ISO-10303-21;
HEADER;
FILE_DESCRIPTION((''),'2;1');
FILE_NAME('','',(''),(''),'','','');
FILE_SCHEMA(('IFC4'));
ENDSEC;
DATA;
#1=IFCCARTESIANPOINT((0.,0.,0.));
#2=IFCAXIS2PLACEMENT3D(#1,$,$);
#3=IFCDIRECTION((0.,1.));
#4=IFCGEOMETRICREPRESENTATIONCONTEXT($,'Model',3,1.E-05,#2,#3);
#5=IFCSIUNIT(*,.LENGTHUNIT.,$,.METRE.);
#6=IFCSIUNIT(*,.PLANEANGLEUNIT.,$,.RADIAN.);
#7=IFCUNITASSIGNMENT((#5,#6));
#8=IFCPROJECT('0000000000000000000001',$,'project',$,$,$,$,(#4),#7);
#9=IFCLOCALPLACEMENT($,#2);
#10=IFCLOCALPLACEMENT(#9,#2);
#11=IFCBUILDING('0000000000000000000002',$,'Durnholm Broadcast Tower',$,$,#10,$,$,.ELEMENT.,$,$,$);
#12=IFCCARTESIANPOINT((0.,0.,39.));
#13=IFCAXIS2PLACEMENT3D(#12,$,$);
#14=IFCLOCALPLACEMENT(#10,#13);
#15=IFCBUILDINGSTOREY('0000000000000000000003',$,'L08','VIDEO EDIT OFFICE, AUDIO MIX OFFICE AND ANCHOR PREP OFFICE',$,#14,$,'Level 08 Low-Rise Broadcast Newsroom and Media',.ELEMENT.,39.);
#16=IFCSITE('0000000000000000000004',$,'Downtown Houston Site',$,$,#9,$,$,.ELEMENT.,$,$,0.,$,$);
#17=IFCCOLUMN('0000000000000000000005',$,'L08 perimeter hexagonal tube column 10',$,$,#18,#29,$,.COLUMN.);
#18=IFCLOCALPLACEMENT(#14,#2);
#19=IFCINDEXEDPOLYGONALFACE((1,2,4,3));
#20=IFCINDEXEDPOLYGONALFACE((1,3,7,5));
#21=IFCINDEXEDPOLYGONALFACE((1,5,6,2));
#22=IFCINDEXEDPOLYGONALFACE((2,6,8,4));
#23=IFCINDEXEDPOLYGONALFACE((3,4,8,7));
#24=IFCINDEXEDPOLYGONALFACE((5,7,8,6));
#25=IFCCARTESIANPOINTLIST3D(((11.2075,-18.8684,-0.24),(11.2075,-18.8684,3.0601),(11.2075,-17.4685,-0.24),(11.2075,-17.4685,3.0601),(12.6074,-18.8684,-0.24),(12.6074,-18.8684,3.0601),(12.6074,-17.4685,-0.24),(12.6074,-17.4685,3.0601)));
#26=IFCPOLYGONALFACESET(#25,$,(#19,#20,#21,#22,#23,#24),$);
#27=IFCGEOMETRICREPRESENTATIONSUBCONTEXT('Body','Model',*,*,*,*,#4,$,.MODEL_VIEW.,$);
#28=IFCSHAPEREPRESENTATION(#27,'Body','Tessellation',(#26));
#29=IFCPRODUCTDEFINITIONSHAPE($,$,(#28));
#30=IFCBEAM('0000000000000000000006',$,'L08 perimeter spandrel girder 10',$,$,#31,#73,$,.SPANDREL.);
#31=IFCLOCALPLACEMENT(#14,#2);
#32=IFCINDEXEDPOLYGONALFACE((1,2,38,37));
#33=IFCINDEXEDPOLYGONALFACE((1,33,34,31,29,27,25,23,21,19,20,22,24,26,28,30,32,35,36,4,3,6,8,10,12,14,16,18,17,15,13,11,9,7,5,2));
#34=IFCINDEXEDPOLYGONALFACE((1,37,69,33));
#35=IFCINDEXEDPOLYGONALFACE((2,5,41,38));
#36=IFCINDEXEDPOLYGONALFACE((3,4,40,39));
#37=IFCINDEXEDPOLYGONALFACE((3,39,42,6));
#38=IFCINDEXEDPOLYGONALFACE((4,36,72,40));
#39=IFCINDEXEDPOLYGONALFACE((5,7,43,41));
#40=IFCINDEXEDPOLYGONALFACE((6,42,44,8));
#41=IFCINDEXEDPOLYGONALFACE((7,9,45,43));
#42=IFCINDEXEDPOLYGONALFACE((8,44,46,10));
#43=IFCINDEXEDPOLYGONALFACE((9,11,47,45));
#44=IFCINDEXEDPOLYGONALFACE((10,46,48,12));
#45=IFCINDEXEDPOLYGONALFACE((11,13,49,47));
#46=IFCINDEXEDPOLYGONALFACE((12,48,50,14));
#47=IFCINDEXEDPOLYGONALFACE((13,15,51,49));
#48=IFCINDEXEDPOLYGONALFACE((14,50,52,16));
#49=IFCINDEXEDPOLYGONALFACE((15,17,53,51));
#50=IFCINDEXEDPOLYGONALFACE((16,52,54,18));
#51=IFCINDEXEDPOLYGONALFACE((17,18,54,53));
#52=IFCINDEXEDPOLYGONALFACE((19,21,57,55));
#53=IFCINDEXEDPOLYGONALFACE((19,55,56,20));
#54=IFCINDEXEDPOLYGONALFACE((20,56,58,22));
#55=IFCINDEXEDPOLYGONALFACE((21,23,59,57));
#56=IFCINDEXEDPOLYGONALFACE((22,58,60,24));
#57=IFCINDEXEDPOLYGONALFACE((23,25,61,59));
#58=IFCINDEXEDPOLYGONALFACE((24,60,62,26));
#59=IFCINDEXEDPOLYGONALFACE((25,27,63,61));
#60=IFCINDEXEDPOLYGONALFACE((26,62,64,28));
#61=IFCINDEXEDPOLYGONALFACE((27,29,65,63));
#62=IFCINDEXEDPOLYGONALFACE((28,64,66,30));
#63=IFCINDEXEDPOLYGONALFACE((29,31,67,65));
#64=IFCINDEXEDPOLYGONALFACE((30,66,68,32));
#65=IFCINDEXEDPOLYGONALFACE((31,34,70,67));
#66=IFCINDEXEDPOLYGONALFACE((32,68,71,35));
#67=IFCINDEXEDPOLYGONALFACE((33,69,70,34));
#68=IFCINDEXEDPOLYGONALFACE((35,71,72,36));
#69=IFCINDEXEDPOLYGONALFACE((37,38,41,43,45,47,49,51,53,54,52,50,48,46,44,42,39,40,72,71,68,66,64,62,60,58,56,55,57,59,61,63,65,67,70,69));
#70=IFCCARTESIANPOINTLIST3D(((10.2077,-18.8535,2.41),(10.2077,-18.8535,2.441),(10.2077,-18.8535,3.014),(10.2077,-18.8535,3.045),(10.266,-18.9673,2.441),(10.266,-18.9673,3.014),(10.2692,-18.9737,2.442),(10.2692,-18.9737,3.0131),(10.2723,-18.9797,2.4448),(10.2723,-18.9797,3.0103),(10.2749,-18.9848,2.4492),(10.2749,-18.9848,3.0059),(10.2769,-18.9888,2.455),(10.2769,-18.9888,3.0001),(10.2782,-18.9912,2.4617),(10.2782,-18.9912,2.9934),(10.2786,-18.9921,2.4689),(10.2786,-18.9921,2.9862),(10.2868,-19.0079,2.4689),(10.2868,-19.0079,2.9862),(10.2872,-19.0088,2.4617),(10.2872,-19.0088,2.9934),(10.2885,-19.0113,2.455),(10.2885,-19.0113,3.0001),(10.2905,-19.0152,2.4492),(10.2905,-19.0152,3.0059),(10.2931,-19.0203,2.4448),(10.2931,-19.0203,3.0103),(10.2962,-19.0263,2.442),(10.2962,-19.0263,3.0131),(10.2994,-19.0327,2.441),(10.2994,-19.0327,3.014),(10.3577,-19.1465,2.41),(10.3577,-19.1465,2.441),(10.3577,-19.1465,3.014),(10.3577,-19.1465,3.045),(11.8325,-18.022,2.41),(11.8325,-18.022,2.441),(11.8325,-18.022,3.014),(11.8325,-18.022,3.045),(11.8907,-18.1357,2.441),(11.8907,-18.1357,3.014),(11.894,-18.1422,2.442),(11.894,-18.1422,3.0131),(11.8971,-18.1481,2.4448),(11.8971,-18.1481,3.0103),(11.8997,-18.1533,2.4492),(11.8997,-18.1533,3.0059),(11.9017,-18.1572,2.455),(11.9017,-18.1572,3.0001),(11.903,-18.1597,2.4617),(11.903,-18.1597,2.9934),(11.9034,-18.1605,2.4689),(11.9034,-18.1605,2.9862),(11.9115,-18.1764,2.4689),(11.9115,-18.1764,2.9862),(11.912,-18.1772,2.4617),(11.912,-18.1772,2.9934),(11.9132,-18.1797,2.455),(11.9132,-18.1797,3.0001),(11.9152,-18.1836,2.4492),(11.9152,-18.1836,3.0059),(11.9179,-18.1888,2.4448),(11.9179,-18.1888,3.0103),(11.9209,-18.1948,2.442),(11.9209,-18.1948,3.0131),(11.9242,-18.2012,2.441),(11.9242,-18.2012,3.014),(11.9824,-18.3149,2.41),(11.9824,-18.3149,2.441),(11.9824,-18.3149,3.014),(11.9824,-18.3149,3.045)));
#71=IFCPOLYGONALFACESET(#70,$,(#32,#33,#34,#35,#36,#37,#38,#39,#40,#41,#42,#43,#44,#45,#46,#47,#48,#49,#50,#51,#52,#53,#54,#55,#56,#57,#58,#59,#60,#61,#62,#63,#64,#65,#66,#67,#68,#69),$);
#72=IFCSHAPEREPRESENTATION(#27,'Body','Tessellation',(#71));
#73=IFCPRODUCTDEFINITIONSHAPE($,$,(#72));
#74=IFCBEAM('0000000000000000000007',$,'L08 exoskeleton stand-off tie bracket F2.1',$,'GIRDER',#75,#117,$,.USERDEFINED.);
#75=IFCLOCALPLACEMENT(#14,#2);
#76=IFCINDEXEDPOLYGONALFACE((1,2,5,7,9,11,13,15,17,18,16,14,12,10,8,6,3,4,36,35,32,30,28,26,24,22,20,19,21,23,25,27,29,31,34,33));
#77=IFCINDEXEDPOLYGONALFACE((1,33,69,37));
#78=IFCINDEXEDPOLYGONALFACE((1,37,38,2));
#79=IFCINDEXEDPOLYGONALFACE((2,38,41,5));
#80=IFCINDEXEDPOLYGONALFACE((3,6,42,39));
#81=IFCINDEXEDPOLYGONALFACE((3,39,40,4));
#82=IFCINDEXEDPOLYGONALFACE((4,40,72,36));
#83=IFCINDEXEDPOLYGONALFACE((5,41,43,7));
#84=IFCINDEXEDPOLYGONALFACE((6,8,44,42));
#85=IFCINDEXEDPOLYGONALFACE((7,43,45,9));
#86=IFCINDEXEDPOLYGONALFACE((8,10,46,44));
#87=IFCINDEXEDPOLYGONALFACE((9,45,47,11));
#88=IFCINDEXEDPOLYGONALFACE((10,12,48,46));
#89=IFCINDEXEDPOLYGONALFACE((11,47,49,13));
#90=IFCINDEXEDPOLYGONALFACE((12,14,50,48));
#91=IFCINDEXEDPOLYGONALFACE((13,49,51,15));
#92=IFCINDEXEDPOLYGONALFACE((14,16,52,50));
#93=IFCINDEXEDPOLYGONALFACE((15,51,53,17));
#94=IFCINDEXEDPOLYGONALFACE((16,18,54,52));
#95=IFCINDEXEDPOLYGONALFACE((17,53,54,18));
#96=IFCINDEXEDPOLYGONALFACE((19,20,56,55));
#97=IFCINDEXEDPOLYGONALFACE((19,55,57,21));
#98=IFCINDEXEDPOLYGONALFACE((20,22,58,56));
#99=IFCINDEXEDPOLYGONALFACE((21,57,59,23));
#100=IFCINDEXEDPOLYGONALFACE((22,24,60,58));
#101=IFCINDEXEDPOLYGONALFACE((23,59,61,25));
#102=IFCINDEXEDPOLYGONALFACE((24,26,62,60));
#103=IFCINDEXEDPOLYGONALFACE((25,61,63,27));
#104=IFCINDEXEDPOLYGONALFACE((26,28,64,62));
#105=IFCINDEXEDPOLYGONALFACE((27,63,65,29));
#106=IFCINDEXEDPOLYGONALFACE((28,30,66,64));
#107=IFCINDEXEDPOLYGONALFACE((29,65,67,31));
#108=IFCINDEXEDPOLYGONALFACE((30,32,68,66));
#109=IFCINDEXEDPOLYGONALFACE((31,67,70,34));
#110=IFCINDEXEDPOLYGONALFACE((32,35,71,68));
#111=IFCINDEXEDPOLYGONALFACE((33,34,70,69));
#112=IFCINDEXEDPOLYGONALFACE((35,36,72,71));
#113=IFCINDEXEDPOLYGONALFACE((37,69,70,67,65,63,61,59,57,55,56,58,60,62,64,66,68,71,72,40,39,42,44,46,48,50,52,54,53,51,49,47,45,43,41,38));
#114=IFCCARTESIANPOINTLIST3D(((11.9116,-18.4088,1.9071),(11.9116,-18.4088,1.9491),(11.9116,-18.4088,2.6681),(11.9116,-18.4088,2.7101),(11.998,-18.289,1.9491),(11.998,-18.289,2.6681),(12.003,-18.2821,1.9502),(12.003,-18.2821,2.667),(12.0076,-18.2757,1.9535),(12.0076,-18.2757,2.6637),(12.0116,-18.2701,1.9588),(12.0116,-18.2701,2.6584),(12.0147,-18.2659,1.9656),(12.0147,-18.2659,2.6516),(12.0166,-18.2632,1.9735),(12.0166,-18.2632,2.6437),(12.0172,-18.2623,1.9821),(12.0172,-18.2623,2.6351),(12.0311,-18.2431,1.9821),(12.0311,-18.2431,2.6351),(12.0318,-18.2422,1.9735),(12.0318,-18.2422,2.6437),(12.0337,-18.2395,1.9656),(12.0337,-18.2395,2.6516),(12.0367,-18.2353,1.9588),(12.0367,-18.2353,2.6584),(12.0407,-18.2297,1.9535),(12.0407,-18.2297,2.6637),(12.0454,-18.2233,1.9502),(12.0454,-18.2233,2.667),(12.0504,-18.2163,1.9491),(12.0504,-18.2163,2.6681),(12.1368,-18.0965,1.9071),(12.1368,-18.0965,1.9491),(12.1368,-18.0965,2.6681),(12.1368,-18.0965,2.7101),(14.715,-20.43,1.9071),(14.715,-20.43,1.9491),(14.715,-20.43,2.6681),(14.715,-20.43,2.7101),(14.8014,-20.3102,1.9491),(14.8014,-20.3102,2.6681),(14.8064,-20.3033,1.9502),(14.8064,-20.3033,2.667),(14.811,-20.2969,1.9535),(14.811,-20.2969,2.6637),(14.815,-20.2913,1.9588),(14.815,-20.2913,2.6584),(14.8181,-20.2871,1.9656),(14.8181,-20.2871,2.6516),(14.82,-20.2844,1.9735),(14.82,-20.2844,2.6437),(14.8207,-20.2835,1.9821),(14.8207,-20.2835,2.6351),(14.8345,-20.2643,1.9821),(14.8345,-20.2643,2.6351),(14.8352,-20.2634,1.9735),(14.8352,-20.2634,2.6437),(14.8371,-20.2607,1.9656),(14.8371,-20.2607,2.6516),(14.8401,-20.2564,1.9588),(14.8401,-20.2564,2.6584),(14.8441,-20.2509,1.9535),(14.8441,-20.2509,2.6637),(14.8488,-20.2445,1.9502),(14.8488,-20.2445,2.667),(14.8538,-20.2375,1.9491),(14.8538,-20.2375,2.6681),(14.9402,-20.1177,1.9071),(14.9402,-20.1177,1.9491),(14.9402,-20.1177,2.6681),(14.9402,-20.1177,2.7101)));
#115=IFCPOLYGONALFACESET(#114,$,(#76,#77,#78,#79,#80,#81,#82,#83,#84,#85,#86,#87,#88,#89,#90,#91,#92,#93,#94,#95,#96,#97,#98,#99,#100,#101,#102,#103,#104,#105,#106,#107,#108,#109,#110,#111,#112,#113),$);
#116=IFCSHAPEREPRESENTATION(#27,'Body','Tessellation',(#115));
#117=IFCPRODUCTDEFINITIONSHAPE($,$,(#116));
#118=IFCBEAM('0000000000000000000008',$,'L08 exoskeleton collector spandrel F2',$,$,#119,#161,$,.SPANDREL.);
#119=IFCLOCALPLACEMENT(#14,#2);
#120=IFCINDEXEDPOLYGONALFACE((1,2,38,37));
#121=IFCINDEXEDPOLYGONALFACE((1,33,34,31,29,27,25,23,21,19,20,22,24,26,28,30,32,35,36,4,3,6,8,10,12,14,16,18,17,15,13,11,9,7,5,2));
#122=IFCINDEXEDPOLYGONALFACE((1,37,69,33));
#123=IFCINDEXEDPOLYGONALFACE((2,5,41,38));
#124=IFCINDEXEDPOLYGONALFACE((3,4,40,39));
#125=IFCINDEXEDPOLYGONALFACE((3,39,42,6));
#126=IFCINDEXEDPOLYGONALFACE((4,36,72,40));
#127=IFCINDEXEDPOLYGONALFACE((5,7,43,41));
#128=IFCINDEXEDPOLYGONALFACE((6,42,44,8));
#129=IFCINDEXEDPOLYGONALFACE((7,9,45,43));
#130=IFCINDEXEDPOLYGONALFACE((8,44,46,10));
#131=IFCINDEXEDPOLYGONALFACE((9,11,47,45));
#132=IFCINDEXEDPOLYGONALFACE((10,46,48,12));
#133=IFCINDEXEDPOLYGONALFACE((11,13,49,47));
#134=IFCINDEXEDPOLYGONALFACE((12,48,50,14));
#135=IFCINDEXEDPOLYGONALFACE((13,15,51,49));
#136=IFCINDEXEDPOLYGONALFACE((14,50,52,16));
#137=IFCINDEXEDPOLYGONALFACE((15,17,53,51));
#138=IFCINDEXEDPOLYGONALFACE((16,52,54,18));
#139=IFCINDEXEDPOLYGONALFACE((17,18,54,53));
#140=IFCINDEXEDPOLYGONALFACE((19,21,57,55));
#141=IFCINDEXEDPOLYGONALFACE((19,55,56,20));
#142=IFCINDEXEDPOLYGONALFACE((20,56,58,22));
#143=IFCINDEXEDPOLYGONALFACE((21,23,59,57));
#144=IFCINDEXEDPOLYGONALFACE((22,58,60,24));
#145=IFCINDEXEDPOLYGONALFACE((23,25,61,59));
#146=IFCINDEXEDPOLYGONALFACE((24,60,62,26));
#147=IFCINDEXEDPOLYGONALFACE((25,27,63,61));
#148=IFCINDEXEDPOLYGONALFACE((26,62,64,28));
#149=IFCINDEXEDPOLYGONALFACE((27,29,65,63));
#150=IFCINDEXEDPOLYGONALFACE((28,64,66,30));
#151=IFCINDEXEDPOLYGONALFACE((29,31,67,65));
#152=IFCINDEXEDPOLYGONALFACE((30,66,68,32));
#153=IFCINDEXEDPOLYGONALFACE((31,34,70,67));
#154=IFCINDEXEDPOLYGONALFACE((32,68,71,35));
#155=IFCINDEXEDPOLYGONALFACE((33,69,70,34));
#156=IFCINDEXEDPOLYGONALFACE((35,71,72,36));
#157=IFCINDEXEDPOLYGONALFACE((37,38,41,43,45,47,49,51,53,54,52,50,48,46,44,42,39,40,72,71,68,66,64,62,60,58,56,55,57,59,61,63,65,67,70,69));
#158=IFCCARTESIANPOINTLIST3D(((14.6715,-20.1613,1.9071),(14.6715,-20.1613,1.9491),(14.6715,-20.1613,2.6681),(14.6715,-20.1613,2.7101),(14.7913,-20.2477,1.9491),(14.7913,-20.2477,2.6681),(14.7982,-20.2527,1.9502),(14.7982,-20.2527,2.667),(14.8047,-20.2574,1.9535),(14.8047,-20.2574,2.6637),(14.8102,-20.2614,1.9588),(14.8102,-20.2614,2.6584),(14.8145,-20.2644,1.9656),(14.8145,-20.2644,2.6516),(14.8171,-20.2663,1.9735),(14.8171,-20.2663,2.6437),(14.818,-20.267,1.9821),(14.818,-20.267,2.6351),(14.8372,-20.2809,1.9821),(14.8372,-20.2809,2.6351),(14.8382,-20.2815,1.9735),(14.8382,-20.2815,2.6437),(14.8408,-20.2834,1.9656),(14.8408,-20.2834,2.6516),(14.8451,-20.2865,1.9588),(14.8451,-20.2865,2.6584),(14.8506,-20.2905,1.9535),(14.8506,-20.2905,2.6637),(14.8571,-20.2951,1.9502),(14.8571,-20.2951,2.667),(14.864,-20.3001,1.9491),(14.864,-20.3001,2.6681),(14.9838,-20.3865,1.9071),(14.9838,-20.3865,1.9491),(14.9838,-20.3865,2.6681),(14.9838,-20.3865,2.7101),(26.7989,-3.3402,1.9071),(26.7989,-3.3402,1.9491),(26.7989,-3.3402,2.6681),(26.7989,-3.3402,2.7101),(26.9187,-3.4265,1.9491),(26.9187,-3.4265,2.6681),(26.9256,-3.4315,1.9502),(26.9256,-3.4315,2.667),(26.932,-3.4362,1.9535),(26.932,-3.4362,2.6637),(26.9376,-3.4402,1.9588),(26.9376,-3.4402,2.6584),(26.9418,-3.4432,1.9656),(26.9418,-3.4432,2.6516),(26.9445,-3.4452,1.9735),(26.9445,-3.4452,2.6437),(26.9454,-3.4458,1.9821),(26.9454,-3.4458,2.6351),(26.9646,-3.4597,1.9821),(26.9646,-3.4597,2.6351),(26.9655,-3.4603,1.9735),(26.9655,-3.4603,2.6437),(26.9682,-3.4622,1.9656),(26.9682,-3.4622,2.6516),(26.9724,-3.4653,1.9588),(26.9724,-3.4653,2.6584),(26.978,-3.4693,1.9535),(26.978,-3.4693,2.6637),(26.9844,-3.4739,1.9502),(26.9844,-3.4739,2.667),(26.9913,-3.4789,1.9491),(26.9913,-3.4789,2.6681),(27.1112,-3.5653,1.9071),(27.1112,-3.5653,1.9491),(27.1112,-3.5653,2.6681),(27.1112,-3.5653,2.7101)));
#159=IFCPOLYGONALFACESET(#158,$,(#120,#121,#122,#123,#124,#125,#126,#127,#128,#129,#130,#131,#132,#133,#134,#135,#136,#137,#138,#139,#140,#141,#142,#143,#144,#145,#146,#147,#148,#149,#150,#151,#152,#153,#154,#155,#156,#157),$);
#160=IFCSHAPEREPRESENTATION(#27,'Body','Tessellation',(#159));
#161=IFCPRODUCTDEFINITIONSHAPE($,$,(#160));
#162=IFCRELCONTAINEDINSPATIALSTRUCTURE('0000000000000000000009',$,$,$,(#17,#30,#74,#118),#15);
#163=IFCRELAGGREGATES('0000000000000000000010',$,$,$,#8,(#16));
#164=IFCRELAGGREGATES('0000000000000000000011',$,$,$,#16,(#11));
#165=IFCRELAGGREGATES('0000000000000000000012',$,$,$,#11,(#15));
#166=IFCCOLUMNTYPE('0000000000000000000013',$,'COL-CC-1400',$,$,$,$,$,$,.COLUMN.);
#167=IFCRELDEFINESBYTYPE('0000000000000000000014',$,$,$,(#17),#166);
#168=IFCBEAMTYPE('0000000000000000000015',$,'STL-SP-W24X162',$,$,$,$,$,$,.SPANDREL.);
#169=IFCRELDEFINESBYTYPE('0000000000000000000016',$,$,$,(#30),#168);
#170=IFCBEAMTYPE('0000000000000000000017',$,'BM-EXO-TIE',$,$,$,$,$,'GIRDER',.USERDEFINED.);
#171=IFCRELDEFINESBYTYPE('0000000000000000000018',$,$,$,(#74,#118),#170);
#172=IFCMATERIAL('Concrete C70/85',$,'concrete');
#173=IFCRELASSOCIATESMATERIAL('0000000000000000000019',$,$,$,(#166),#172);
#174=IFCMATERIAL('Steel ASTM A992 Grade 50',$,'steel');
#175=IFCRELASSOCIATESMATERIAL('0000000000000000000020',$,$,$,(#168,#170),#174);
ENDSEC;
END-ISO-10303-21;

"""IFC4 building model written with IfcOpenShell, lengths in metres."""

from ifc_helpers import new_model, si_unit, direction, frame, origin, origin_2d, place, context, subcontext, project, spatial, rectangle, i_section, extrude, source, transform, mapped, material, material_profile, profile_set, type_object, type_shapes, element, save


model = new_model("IFC4")

# Units and contexts
model_context = context("Model", 3, precision=1e-05, world=origin(), true_north=direction((0.0, 1.0)))
body_context = subcontext(model_context, "Body", "Model", "MODEL_VIEW")
ifc_project = project(units=[si_unit("LENGTHUNIT", "METRE"), si_unit("PLANEANGLEUNIT", "RADIAN")], contexts=[model_context])

# Site, building, storey
site_placement = place(None, origin())
site = spatial("IfcSite", under=ifc_project, at=site_placement, Name="Downtown Houston Site", CompositionType="ELEMENT", RefElevation=0.0)
building_placement = place(site_placement, origin())
building = spatial("IfcBuilding", under=site, at=building_placement, Name="Durnholm Broadcast Tower", CompositionType="ELEMENT")
storey_placement = place(building_placement, frame((0.0, 0.0, 39.0)))
storey = spatial("IfcBuildingStorey", under=building, at=storey_placement, Name="L08", Description="VIDEO EDIT OFFICE, AUDIO MIX OFFICE AND ANCHOR PREP OFFICE", LongName="Level 08 Low-Rise Broadcast Newsroom and Media", CompositionType="ELEMENT", Elevation=39.0)

# Column
ifc_material_1 = material(Name="Concrete C70/85", Category="concrete")
ifc_material_profile_1 = material_profile(ifc_material_1, rectangle(XDim=1.3999, YDim=1.3999, at=origin_2d()), Name="RC1400X1400")
ifc_profile_set_1 = profile_set([ifc_material_profile_1], Name="Concrete C70/85")
column_type = type_object("IfcColumnType", Name="COL-CC-1400", PredefinedType="COLUMN", material=ifc_profile_set_1)
shared_shape_1 = source(origin(), body_context, "Body", "SweptSolid", [
    extrude(rectangle(XDim=1.3999, YDim=1.3999, at=origin_2d()), origin(), (0.0, 0.0, 1.0), 3.3),
])
type_shapes(column_type, [shared_shape_1])
column_placement = place(storey_placement, frame((11.9075, -18.1685, -0.24), z_axis=(0.0, 0.0, 1.0), x_axis=(1.0, 0.0, 0.0)))
element("IfcColumn", 1, at=column_placement, inside=storey, type_object=column_type, Name="L08 perimeter hexagonal tube column 10", PredefinedType="COLUMN", context=body_context, shape_type="MappedRepresentation", body=[
    mapped(shared_shape_1, transform((0.0, 0.0, 0.0), x_axis=(1.0, 0.0, 0.0), y_axis=(0.0, 1.0, 0.0), z_axis=(0.0, 0.0, 1.0), scale=1.0)),
])

# Beams
ifc_material_2 = material(Name="Steel ASTM A992 Grade 50", Category="steel")
ifc_material_profile_2 = material_profile(ifc_material_2, i_section(OverallWidth=0.3291, OverallDepth=0.635, WebThickness=0.0178, FlangeThickness=0.031, FilletRadius=0.0278, at=origin_2d()), Name="W24X162")
ifc_profile_set_2 = profile_set([ifc_material_profile_2], Name="Steel ASTM A992 Grade 50")
beam_type_1 = type_object("IfcBeamType", Name="STL-SP-W24X162", PredefinedType="SPANDREL", material=ifc_profile_set_2)
shared_shape_2 = source(origin(), body_context, "Body", "SweptSolid", [
    extrude(i_section(OverallWidth=0.3291, OverallDepth=0.635, WebThickness=0.0178, FlangeThickness=0.031, FilletRadius=0.0278, at=origin_2d()), origin(), (0.0, 0.0, 1.0), 1.8252),
])
type_shapes(beam_type_1, [shared_shape_2])
beam_1_placement = place(storey_placement, frame((11.9075, -18.1685, 2.7275), z_axis=(-0.890188, -0.455594, 0.0), x_axis=(0.455594, -0.890188, 0.0)))
element("IfcBeam", 2, at=beam_1_placement, inside=storey, type_object=beam_type_1, Name="L08 perimeter spandrel girder 10", PredefinedType="SPANDREL", context=body_context, shape_type="MappedRepresentation", body=[
    mapped(shared_shape_2, transform((0.0, 0.0, 0.0), x_axis=(1.0, 0.0, 0.0), y_axis=(0.0, 1.0, 0.0), z_axis=(0.0, 0.0, 1.0), scale=1.0)),
])
ifc_material_profile_3 = material_profile(ifc_material_2, i_section(OverallWidth=0.385, OverallDepth=0.803, WebThickness=0.0237, FlangeThickness=0.042, FilletRadius=0.033, at=origin_2d()), Name="W30X261")
ifc_profile_set_3 = profile_set([ifc_material_profile_3], Name="Steel ASTM A992 Grade 50")
beam_type_2 = type_object("IfcBeamType", Name="BM-EXO-TIE", ElementType="GIRDER", PredefinedType="USERDEFINED", material=ifc_profile_set_3)
shared_shape_3 = source(origin(), body_context, "Body", "SweptSolid", [
    extrude(i_section(OverallWidth=0.385, OverallDepth=0.803, WebThickness=0.0237, FlangeThickness=0.042, FilletRadius=0.033, at=origin_2d()), origin(), (0.0, 0.0, 1.0), 3.4561),
])
beam_2_placement = place(storey_placement, frame((12.0242, -18.2527, 2.3086), z_axis=(0.811158, -0.584828, 0.0), x_axis=(0.584828, 0.811158, 0.0)))
element("IfcBeam", 3, at=beam_2_placement, inside=storey, type_object=beam_type_2, Name="L08 exoskeleton stand-off tie bracket F2.1", ObjectType="GIRDER", PredefinedType="USERDEFINED", context=body_context, shape_type="MappedRepresentation", body=[
    mapped(shared_shape_3, transform((0.0, 0.0, 0.0), x_axis=(1.0, 0.0, 0.0), y_axis=(0.0, 1.0, 0.0), z_axis=(0.0, 0.0, 1.0), scale=1.0)),
])
shared_shape_4 = source(origin(), body_context, "Body", "SweptSolid", [
    extrude(i_section(OverallWidth=0.385, OverallDepth=0.803, WebThickness=0.0237, FlangeThickness=0.042, FilletRadius=0.033, at=origin_2d()), origin(), (0.0, 0.0, 1.0), 20.7371),
])
type_shapes(beam_type_2, [shared_shape_3, shared_shape_4])
beam_3_placement = place(storey_placement, frame((14.8276, -20.2739, 2.3086), z_axis=(0.584816, 0.811166, 0.0), x_axis=(-0.811166, 0.584816, 0.0)))
element("IfcBeam", 4, at=beam_3_placement, inside=storey, type_object=beam_type_2, Name="L08 exoskeleton collector spandrel F2", PredefinedType="SPANDREL", context=body_context, shape_type="MappedRepresentation", body=[
    mapped(shared_shape_4, transform((0.0, 0.0, 0.0), x_axis=(1.0, 0.0, 0.0), y_axis=(0.0, 1.0, 0.0), z_axis=(0.0, 0.0, 1.0), scale=1.0)),
])

save(model, "model.ifc")
